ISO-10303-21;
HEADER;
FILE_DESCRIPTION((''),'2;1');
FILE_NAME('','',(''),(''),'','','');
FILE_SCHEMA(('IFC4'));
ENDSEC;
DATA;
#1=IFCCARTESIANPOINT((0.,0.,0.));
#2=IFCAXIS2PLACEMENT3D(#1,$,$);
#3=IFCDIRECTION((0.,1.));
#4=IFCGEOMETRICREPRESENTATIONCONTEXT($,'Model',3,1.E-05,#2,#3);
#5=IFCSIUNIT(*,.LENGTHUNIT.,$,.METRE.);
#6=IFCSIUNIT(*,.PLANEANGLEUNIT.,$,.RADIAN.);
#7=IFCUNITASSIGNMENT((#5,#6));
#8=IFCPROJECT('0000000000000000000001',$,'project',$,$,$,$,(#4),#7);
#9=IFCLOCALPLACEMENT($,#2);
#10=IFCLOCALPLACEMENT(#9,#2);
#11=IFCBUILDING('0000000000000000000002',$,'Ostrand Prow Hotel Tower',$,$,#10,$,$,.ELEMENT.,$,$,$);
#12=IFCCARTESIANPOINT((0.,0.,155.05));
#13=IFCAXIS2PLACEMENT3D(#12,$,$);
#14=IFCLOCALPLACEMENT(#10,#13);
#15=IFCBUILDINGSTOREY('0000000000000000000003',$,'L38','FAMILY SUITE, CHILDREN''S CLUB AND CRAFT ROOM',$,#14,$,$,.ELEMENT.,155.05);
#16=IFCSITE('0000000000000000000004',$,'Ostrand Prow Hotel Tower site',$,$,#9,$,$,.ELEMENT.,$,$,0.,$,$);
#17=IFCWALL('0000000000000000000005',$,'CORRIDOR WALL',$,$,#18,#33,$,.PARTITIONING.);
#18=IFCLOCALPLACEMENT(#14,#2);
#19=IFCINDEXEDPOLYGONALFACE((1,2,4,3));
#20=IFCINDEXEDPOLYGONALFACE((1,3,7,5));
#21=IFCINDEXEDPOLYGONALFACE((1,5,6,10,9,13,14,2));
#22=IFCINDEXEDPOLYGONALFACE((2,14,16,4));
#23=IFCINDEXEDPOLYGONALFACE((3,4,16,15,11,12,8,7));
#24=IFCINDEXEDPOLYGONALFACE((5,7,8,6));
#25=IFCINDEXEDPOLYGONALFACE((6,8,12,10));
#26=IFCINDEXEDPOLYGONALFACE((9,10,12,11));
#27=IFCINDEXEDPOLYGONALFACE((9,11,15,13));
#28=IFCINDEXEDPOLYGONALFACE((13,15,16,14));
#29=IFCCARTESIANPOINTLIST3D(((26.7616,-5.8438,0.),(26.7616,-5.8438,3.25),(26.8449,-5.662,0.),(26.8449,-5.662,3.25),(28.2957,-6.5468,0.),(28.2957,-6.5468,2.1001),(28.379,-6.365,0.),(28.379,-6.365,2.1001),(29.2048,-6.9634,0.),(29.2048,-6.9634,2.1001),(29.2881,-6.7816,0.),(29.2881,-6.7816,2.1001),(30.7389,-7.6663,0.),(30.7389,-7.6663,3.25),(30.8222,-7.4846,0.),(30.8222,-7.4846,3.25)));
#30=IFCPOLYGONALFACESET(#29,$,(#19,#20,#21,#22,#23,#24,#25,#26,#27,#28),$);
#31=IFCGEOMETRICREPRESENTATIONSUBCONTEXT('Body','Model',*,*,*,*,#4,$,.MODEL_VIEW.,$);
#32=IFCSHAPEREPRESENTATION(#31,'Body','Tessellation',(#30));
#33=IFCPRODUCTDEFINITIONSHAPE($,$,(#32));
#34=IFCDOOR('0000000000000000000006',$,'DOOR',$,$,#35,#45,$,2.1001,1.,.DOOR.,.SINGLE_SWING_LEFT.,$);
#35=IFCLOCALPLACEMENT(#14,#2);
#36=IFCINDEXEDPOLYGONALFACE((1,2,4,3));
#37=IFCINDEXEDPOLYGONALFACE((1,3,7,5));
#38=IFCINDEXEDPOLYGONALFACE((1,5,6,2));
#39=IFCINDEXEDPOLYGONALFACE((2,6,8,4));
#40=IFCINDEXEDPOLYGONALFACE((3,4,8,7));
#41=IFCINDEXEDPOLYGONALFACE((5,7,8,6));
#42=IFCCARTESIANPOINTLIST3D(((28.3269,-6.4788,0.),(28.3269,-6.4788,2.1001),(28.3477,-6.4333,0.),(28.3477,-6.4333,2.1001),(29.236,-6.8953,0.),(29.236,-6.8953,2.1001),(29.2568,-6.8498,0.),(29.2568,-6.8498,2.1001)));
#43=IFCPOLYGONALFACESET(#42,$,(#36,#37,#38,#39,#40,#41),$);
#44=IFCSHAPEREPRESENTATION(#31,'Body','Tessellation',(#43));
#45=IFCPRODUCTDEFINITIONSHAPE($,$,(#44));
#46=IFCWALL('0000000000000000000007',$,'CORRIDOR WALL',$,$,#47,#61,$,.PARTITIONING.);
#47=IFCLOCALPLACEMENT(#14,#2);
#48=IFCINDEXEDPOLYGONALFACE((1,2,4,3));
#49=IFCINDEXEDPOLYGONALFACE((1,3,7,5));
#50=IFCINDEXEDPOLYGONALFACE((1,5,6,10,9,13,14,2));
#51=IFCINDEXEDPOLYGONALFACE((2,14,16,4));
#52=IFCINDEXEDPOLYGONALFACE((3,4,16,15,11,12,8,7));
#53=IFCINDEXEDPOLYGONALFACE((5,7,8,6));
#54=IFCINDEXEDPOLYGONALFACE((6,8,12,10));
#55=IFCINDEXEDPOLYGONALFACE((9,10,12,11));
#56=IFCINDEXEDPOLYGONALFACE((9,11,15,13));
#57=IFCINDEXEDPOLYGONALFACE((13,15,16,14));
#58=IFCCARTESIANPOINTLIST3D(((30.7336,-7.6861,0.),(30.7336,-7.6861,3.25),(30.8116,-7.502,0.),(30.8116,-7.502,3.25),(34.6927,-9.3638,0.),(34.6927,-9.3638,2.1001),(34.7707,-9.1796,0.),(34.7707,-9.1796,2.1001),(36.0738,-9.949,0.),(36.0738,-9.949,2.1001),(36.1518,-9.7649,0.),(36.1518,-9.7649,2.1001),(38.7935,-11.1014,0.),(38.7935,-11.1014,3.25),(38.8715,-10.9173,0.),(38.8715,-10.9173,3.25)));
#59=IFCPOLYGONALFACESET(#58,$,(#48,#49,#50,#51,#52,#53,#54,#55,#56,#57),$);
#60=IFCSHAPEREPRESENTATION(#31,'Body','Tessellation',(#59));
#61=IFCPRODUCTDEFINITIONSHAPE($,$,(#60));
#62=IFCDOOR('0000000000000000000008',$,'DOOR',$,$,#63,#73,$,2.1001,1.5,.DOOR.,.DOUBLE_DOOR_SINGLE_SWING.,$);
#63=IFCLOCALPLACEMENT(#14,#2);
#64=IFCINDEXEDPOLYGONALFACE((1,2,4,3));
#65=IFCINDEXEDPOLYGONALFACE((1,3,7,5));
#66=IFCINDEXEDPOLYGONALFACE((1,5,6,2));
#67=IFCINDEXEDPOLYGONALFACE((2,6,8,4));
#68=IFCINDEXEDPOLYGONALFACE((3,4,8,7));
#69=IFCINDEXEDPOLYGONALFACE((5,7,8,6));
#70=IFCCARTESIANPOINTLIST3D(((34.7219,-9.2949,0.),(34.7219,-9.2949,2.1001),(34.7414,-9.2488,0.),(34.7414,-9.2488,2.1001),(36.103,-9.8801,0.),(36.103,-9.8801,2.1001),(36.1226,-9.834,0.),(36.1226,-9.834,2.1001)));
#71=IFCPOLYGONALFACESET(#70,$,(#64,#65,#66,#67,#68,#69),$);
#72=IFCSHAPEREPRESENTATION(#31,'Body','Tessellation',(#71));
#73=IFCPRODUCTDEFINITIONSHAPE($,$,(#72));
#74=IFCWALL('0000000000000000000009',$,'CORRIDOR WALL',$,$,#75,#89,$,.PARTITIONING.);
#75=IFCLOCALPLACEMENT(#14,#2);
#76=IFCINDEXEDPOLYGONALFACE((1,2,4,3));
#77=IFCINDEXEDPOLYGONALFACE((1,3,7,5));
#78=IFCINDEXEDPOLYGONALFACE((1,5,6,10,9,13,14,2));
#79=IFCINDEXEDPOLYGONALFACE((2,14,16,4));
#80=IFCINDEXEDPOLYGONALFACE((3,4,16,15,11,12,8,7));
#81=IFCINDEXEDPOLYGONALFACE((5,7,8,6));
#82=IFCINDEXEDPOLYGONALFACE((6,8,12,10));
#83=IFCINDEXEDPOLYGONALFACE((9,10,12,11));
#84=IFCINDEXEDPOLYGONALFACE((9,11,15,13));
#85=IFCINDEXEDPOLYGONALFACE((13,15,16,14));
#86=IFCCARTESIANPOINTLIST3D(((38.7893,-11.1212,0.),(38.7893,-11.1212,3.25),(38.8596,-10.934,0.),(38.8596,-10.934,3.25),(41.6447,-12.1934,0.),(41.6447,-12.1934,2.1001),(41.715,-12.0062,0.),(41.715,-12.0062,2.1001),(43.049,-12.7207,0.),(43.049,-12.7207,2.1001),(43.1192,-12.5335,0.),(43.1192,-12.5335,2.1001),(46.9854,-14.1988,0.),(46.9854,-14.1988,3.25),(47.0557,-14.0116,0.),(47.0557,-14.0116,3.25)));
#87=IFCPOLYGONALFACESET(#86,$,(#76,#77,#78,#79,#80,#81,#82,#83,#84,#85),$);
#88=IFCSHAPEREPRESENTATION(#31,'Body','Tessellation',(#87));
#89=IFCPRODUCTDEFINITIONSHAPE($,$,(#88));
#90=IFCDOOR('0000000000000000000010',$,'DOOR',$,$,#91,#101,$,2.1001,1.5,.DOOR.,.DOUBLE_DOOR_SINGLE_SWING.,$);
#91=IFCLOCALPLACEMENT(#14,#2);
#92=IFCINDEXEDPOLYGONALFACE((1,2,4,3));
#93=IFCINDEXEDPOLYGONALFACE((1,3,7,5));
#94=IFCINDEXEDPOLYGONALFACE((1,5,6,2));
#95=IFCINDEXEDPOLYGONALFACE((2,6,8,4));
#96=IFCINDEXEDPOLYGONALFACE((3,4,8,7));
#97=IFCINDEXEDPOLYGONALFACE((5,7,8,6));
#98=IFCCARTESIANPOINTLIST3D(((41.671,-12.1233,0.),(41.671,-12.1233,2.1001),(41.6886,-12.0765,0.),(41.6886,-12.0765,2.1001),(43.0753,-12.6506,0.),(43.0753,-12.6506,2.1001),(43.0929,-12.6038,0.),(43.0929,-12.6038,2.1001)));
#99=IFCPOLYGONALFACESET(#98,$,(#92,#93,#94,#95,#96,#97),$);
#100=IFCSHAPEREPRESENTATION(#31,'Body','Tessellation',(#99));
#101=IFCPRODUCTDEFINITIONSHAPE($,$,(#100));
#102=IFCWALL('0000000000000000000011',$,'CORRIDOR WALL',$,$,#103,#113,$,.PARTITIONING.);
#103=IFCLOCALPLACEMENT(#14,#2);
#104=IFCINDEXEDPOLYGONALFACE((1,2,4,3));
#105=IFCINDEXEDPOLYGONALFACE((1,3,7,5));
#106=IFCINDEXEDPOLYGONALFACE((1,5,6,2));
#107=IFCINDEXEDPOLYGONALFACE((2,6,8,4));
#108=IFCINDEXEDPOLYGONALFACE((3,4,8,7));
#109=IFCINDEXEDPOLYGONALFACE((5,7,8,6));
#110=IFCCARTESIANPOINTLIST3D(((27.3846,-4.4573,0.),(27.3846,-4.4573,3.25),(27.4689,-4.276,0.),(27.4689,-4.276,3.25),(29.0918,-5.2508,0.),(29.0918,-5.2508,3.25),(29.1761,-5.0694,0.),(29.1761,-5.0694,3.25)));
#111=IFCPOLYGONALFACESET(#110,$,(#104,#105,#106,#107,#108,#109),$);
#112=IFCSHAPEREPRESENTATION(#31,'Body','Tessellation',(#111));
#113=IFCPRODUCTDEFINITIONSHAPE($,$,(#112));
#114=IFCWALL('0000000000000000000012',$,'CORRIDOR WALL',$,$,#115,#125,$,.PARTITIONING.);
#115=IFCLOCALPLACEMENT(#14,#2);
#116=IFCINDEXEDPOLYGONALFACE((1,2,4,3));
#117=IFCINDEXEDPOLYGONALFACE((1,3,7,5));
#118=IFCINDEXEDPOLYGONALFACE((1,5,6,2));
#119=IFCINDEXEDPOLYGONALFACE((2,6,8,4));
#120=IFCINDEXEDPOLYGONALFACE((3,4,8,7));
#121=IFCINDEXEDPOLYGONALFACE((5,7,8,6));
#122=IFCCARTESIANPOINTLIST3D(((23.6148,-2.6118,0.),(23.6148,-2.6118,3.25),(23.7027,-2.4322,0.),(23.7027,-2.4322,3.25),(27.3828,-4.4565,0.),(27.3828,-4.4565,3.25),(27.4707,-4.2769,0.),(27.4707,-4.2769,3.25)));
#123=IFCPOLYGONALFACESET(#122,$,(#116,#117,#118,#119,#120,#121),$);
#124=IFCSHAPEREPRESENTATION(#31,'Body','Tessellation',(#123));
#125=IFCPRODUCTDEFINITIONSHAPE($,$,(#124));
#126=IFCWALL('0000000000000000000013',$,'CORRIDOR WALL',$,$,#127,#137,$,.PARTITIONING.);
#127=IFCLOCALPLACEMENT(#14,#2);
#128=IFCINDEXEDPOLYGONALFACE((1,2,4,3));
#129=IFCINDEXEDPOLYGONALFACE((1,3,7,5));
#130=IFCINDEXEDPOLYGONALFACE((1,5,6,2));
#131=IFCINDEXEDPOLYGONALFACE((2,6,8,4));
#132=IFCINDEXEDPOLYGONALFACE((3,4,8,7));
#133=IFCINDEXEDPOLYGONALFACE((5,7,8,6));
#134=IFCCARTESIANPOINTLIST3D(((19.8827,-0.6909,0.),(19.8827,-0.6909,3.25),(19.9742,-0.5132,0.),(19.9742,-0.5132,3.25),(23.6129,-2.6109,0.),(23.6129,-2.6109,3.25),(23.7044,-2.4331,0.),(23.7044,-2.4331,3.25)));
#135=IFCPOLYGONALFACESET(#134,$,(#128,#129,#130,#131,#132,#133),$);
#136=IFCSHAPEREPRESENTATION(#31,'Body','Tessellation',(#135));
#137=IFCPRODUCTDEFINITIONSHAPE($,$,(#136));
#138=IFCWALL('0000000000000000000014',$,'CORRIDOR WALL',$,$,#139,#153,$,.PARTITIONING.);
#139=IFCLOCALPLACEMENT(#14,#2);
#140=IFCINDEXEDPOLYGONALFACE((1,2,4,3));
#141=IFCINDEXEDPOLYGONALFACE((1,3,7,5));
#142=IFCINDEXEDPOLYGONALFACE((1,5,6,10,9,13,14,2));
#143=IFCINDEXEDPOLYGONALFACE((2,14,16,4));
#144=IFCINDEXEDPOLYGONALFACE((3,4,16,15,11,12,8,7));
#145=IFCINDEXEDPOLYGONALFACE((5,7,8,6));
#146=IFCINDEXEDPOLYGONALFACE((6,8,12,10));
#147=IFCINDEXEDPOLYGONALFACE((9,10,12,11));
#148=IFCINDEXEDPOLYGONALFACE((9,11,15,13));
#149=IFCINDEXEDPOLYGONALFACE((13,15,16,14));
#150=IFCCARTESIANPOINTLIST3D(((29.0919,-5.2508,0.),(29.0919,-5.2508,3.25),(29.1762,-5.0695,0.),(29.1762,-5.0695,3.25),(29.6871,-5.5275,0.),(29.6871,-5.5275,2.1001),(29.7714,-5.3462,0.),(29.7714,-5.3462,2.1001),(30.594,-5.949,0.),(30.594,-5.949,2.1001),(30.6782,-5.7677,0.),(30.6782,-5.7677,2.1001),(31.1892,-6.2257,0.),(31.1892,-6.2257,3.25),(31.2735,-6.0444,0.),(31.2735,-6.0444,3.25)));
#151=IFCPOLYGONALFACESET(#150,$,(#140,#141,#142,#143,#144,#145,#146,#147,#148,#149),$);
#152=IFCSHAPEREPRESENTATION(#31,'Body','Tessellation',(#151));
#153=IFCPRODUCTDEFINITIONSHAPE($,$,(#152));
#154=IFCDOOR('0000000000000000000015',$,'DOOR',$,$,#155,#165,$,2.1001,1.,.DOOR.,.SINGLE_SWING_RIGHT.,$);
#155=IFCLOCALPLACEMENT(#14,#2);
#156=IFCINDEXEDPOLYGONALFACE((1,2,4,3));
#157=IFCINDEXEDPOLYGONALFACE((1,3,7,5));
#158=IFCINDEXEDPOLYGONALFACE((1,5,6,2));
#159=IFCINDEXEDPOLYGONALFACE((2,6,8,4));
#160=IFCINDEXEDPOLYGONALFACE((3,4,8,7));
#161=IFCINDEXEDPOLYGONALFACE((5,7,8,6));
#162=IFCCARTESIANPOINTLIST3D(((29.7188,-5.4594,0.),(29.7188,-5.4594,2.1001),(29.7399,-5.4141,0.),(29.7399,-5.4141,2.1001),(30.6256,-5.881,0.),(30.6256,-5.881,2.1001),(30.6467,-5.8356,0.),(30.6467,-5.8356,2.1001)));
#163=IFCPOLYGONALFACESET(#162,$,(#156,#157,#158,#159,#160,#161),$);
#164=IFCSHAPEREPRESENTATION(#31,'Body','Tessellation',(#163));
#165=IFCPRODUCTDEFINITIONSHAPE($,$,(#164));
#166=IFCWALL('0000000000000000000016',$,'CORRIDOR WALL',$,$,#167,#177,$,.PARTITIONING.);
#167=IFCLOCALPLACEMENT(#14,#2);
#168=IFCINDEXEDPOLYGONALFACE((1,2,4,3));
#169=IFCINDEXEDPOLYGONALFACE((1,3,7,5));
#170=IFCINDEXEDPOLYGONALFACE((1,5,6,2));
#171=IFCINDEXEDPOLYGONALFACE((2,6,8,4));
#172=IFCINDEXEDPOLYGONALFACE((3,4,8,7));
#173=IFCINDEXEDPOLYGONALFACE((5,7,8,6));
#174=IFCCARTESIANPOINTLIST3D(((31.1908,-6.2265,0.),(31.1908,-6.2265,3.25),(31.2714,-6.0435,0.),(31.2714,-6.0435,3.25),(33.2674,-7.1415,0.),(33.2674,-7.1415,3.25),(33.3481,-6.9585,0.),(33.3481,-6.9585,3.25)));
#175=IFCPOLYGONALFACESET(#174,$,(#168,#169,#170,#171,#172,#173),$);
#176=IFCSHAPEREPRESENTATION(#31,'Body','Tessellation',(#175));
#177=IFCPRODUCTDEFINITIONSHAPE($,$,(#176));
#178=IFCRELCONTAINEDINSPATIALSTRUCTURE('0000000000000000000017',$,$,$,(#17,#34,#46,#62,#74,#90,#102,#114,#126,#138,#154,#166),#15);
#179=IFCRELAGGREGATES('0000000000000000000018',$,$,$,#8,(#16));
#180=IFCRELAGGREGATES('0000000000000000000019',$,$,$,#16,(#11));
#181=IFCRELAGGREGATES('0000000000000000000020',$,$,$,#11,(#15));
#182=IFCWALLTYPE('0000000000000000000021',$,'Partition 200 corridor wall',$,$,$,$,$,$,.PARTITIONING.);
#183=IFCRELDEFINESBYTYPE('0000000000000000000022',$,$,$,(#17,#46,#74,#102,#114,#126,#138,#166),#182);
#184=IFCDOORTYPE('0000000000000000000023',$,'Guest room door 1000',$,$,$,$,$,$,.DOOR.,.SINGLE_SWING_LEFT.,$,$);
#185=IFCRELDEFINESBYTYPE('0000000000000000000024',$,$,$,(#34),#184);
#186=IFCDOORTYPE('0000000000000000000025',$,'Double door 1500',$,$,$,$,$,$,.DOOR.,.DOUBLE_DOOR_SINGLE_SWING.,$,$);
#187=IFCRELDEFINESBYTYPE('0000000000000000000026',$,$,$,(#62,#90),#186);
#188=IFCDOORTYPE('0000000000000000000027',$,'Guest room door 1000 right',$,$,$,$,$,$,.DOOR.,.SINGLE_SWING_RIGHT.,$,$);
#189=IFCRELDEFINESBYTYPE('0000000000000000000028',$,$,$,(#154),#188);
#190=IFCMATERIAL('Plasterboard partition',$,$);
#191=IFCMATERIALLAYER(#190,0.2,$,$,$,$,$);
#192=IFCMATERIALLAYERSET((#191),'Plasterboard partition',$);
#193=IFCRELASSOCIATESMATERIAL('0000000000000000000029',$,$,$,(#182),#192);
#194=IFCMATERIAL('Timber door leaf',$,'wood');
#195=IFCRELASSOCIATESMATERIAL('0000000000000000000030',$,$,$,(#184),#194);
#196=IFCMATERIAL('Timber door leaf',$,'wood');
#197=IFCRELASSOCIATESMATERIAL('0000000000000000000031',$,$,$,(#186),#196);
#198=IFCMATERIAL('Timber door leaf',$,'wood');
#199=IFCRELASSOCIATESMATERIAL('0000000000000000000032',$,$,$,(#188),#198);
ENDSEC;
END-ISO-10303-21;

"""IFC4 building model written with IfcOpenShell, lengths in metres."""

from ifc_helpers import new_model, si_unit, direction, frame, frame_2d, origin, place, context, subcontext, project, spatial, rectangle, extrude, material, layer, layer_set, type_object, element, fill, save


model = new_model("IFC4")

# Units and contexts
model_context = context("Model", 3, precision=1e-05, world=origin(), true_north=direction((0.0, 1.0)))
body_context = subcontext(model_context, "Body", "Model", "MODEL_VIEW")
ifc_project = project(units=[si_unit("LENGTHUNIT", "METRE"), si_unit("PLANEANGLEUNIT", "RADIAN")], contexts=[model_context])

# Site, building, storey
site_placement = place(None, origin())
site = spatial("IfcSite", under=ifc_project, at=site_placement, Name="Ostrand Prow Hotel Tower site", CompositionType="ELEMENT", RefElevation=0.0)
building_placement = place(site_placement, origin())
building = spatial("IfcBuilding", under=site, at=building_placement, Name="Ostrand Prow Hotel Tower", CompositionType="ELEMENT")
storey_placement = place(building_placement, frame((0.0, 0.0, 155.05)))
storey = spatial("IfcBuildingStorey", under=building, at=storey_placement, Name="L38", Description="FAMILY SUITE, CHILDREN'S CLUB AND CRAFT ROOM", CompositionType="ELEMENT", Elevation=155.05)

# Walls, openings, doors
ifc_material_1 = material(Name="Plasterboard partition")
ifc_layer_1 = layer(ifc_material_1, 0.2)
ifc_layer_set_1 = layer_set([ifc_layer_1], Name="Plasterboard partition")
wall_type_1 = type_object("IfcWallType", Name="Partition 200 corridor wall", PredefinedType="PARTITIONING", material=ifc_layer_set_1)
wall_1_placement = place(storey_placement, frame((26.8032, -5.7529, 0.0), z_axis=(0.0, 0.0, 1.0), x_axis=(0.909101, -0.416576, 0.0)))
wall_1 = element("IfcWall", 1, at=wall_1_placement, inside=storey, type_object=wall_type_1, Name="CORRIDOR WALL", PredefinedType="PARTITIONING", context=body_context, shape_type="SweptSolid", body=[
    extrude(rectangle(XDim=4.375, YDim=0.2, at=frame_2d((2.1875, 0.0))), origin(), (0.0, 0.0, 1.0), 3.25),
])
opening_1_placement = place(wall_1_placement, frame((1.6875, 0.0, 0.0)))
opening_1 = element("IfcOpeningElement", 2, at=opening_1_placement, cuts=wall_1, PredefinedType="OPENING", context=body_context, shape_type="SweptSolid", body=[
    extrude(rectangle(XDim=1.0, YDim=2.1001, at=frame_2d((0.5, 1.05))), frame((0.0, 0.1099, 0.0), z_axis=(0.0, -1.0, 0.0), x_axis=(1.0, 0.0, 0.0)), (0.0, 0.0, 1.0), 0.22),
])
ifc_material_2 = material(Name="Timber door leaf", Category="wood")
door_type_1 = type_object("IfcDoorType", Name="Guest room door 1000", OperationType="SINGLE_SWING_LEFT", PredefinedType="DOOR", material=ifc_material_2)
door_1_placement = place(opening_1_placement, origin())
door_1 = element("IfcDoor", 3, at=door_1_placement, inside=storey, type_object=door_type_1, Name="DOOR", OperationType="SINGLE_SWING_LEFT", OverallHeight=2.1001, OverallWidth=1.0, PredefinedType="DOOR", context=body_context, shape_type="SweptSolid", body=[
    extrude(rectangle(XDim=1.0, YDim=2.1001, at=frame_2d((0.5, 1.05))), frame((0.0, 0.0249, 0.0), z_axis=(0.0, -1.0, 0.0), x_axis=(1.0, 0.0, 0.0)), (0.0, 0.0, 1.0), 0.05),
])
fill(opening_1, door_1)
wall_2_placement = place(storey_placement, frame((30.7725, -7.594, 0.0), z_axis=(0.0, 0.0, 1.0), x_axis=(0.920747, -0.390159, 0.0)))
wall_2 = element("IfcWall", 4, at=wall_2_placement, inside=storey, type_object=wall_type_1, Name="CORRIDOR WALL", PredefinedType="PARTITIONING", context=body_context, shape_type="SweptSolid", body=[
    extrude(rectangle(XDim=8.7537, YDim=0.2, at=frame_2d((4.377, 0.0))), origin(), (0.0, 0.0, 1.0), 3.25),
])
opening_2_placement = place(wall_2_placement, frame((4.3, 0.0, 0.0)))
opening_2 = element("IfcOpeningElement", 5, at=opening_2_placement, cuts=wall_2, PredefinedType="OPENING", context=body_context, shape_type="SweptSolid", body=[
    extrude(rectangle(XDim=1.5, YDim=2.1001, at=frame_2d((0.75, 1.05))), frame((0.0, 0.1099, 0.0), z_axis=(0.0, -1.0, 0.0), x_axis=(1.0, 0.0, 0.0)), (0.0, 0.0, 1.0), 0.22),
])
ifc_material_3 = material(Name="Timber door leaf", Category="wood")
door_type_2 = type_object("IfcDoorType", Name="Double door 1500", OperationType="DOUBLE_DOOR_SINGLE_SWING", PredefinedType="DOOR", material=ifc_material_3)
door_2_placement = place(opening_2_placement, origin())
door_2 = element("IfcDoor", 6, at=door_2_placement, inside=storey, type_object=door_type_2, Name="DOOR", OperationType="DOUBLE_DOOR_SINGLE_SWING", OverallHeight=2.1001, OverallWidth=1.5, PredefinedType="DOOR", context=body_context, shape_type="SweptSolid", body=[
    extrude(rectangle(XDim=1.5, YDim=2.1001, at=frame_2d((0.75, 1.05))), frame((0.0, 0.0249, 0.0), z_axis=(0.0, -1.0, 0.0), x_axis=(1.0, 0.0, 0.0)), (0.0, 0.0, 1.0), 0.05),
])
fill(opening_2, door_2)
wall_3_placement = place(storey_placement, frame((38.8245, -11.0276, 0.0), z_axis=(0.0, 0.0, 1.0), x_axis=(0.936174, -0.351536, 0.0)))
wall_3 = element("IfcWall", 7, at=wall_3_placement, inside=storey, type_object=wall_type_1, Name="CORRIDOR WALL", PredefinedType="PARTITIONING", context=body_context, shape_type="SweptSolid", body=[
    extrude(rectangle(XDim=8.7549, YDim=0.2, at=frame_2d((4.3774, 0.0))), origin(), (0.0, 0.0, 1.0), 3.25),
])
opening_3_placement = place(wall_3_placement, frame((3.05, 0.0, 0.0)))
opening_3 = element("IfcOpeningElement", 8, at=opening_3_placement, cuts=wall_3, PredefinedType="OPENING", context=body_context, shape_type="SweptSolid", body=[
    extrude(rectangle(XDim=1.5, YDim=2.1001, at=frame_2d((0.75, 1.05))), frame((0.0, 0.1099, 0.0), z_axis=(0.0, -1.0, 0.0), x_axis=(1.0, 0.0, 0.0)), (0.0, 0.0, 1.0), 0.22),
])
door_3_placement = place(opening_3_placement, origin())
door_3 = element("IfcDoor", 9, at=door_3_placement, inside=storey, type_object=door_type_2, Name="DOOR", OperationType="DOUBLE_DOOR_SINGLE_SWING", OverallHeight=2.1001, OverallWidth=1.5, PredefinedType="DOOR", context=body_context, shape_type="SweptSolid", body=[
    extrude(rectangle(XDim=1.5, YDim=2.1001, at=frame_2d((0.75, 1.05))), frame((0.0, 0.0249, 0.0), z_axis=(0.0, -1.0, 0.0), x_axis=(1.0, 0.0, 0.0)), (0.0, 0.0, 1.0), 0.05),
])
fill(opening_3, door_3)

# Walls
wall_4_placement = place(storey_placement, frame((29.134, -5.1602, 0.0), z_axis=(0.0, 0.0, 1.0), x_axis=(-0.906848, 0.421458, 0.0)))
element("IfcWall", 10, at=wall_4_placement, inside=storey, type_object=wall_type_1, Name="CORRIDOR WALL", PredefinedType="PARTITIONING", context=body_context, shape_type="SweptSolid", body=[
    extrude(rectangle(XDim=1.8826, YDim=0.2, at=frame_2d((0.9414, 0.0))), origin(), (0.0, 0.0, 1.0), 3.25),
])
for number, where, z_axis, x_axis, name in (
    (11, (27.4268, -4.3667, 0.0), (0.0, 0.0, 1.0), (-0.898143, 0.439703, 0.0), "CORRIDOR WALL"),
    (12, (23.6587, -2.522, 0.0), (0.0, 0.0, 1.0), (-0.88914, 0.457635, 0.0), "CORRIDOR WALL"),
):
    element("IfcWall", number, at=place(storey_placement, frame(where, z_axis=z_axis, x_axis=x_axis)), inside=storey, type_object=wall_type_1, Name=name, PredefinedType="PARTITIONING", context=body_context, shape_type="SweptSolid", body=[
        extrude(rectangle(XDim=4.1953, YDim=0.2, at=frame_2d((2.0977, 0.0))), origin(), (0.0, 0.0, 1.0), 3.25),
    ])

# Wall, opening, door
wall_5_placement = place(storey_placement, frame((31.2312, -6.135, 0.0), z_axis=(0.0, 0.0, 1.0), x_axis=(-0.906816, 0.421527, 0.0)))
wall_5 = element("IfcWall", 13, at=wall_5_placement, inside=storey, type_object=wall_type_1, Name="CORRIDOR WALL", PredefinedType="PARTITIONING", context=body_context, shape_type="SweptSolid", body=[
    extrude(rectangle(XDim=2.3127, YDim=0.2, at=frame_2d((1.1562, 0.0))), origin(), (0.0, 0.0, 1.0), 3.25),
])
opening_4_placement = place(wall_5_placement, frame((0.6562, 0.0, 0.0)))
opening_4 = element("IfcOpeningElement", 14, at=opening_4_placement, cuts=wall_5, PredefinedType="OPENING", context=body_context, shape_type="SweptSolid", body=[
    extrude(rectangle(XDim=1.0, YDim=2.1001, at=frame_2d((0.5, 1.05))), frame((0.0, 0.1099, 0.0), z_axis=(0.0, -1.0, 0.0), x_axis=(1.0, 0.0, 0.0)), (0.0, 0.0, 1.0), 0.22),
])
ifc_material_4 = material(Name="Timber door leaf", Category="wood")
door_type_3 = type_object("IfcDoorType", Name="Guest room door 1000 right", OperationType="SINGLE_SWING_RIGHT", PredefinedType="DOOR", material=ifc_material_4)
door_4_placement = place(opening_4_placement, origin())
door_4 = element("IfcDoor", 15, at=door_4_placement, inside=storey, type_object=door_type_3, Name="DOOR", OperationType="SINGLE_SWING_RIGHT", OverallHeight=2.1001, OverallWidth=1.0, PredefinedType="DOOR", context=body_context, shape_type="SweptSolid", body=[
    extrude(rectangle(XDim=1.0, YDim=2.1001, at=frame_2d((0.5, 1.05))), frame((0.0, 0.0249, 0.0), z_axis=(0.0, -1.0, 0.0), x_axis=(1.0, 0.0, 0.0)), (0.0, 0.0, 1.0), 0.05),
])
fill(opening_4, door_4)

# Wall
wall_6_placement = place(storey_placement, frame((33.3079, -7.05, 0.0), z_axis=(0.0, 0.0, 1.0), x_axis=(-0.915102, 0.403222, 0.0)))
element("IfcWall", 16, at=wall_6_placement, inside=storey, type_object=wall_type_1, Name="CORRIDOR WALL", PredefinedType="PARTITIONING", context=body_context, shape_type="SweptSolid", body=[
    extrude(rectangle(XDim=2.2693, YDim=0.2, at=frame_2d((1.1348, 0.0))), origin(), (0.0, 0.0, 1.0), 3.25),
])

save(model, "model.ifc")
